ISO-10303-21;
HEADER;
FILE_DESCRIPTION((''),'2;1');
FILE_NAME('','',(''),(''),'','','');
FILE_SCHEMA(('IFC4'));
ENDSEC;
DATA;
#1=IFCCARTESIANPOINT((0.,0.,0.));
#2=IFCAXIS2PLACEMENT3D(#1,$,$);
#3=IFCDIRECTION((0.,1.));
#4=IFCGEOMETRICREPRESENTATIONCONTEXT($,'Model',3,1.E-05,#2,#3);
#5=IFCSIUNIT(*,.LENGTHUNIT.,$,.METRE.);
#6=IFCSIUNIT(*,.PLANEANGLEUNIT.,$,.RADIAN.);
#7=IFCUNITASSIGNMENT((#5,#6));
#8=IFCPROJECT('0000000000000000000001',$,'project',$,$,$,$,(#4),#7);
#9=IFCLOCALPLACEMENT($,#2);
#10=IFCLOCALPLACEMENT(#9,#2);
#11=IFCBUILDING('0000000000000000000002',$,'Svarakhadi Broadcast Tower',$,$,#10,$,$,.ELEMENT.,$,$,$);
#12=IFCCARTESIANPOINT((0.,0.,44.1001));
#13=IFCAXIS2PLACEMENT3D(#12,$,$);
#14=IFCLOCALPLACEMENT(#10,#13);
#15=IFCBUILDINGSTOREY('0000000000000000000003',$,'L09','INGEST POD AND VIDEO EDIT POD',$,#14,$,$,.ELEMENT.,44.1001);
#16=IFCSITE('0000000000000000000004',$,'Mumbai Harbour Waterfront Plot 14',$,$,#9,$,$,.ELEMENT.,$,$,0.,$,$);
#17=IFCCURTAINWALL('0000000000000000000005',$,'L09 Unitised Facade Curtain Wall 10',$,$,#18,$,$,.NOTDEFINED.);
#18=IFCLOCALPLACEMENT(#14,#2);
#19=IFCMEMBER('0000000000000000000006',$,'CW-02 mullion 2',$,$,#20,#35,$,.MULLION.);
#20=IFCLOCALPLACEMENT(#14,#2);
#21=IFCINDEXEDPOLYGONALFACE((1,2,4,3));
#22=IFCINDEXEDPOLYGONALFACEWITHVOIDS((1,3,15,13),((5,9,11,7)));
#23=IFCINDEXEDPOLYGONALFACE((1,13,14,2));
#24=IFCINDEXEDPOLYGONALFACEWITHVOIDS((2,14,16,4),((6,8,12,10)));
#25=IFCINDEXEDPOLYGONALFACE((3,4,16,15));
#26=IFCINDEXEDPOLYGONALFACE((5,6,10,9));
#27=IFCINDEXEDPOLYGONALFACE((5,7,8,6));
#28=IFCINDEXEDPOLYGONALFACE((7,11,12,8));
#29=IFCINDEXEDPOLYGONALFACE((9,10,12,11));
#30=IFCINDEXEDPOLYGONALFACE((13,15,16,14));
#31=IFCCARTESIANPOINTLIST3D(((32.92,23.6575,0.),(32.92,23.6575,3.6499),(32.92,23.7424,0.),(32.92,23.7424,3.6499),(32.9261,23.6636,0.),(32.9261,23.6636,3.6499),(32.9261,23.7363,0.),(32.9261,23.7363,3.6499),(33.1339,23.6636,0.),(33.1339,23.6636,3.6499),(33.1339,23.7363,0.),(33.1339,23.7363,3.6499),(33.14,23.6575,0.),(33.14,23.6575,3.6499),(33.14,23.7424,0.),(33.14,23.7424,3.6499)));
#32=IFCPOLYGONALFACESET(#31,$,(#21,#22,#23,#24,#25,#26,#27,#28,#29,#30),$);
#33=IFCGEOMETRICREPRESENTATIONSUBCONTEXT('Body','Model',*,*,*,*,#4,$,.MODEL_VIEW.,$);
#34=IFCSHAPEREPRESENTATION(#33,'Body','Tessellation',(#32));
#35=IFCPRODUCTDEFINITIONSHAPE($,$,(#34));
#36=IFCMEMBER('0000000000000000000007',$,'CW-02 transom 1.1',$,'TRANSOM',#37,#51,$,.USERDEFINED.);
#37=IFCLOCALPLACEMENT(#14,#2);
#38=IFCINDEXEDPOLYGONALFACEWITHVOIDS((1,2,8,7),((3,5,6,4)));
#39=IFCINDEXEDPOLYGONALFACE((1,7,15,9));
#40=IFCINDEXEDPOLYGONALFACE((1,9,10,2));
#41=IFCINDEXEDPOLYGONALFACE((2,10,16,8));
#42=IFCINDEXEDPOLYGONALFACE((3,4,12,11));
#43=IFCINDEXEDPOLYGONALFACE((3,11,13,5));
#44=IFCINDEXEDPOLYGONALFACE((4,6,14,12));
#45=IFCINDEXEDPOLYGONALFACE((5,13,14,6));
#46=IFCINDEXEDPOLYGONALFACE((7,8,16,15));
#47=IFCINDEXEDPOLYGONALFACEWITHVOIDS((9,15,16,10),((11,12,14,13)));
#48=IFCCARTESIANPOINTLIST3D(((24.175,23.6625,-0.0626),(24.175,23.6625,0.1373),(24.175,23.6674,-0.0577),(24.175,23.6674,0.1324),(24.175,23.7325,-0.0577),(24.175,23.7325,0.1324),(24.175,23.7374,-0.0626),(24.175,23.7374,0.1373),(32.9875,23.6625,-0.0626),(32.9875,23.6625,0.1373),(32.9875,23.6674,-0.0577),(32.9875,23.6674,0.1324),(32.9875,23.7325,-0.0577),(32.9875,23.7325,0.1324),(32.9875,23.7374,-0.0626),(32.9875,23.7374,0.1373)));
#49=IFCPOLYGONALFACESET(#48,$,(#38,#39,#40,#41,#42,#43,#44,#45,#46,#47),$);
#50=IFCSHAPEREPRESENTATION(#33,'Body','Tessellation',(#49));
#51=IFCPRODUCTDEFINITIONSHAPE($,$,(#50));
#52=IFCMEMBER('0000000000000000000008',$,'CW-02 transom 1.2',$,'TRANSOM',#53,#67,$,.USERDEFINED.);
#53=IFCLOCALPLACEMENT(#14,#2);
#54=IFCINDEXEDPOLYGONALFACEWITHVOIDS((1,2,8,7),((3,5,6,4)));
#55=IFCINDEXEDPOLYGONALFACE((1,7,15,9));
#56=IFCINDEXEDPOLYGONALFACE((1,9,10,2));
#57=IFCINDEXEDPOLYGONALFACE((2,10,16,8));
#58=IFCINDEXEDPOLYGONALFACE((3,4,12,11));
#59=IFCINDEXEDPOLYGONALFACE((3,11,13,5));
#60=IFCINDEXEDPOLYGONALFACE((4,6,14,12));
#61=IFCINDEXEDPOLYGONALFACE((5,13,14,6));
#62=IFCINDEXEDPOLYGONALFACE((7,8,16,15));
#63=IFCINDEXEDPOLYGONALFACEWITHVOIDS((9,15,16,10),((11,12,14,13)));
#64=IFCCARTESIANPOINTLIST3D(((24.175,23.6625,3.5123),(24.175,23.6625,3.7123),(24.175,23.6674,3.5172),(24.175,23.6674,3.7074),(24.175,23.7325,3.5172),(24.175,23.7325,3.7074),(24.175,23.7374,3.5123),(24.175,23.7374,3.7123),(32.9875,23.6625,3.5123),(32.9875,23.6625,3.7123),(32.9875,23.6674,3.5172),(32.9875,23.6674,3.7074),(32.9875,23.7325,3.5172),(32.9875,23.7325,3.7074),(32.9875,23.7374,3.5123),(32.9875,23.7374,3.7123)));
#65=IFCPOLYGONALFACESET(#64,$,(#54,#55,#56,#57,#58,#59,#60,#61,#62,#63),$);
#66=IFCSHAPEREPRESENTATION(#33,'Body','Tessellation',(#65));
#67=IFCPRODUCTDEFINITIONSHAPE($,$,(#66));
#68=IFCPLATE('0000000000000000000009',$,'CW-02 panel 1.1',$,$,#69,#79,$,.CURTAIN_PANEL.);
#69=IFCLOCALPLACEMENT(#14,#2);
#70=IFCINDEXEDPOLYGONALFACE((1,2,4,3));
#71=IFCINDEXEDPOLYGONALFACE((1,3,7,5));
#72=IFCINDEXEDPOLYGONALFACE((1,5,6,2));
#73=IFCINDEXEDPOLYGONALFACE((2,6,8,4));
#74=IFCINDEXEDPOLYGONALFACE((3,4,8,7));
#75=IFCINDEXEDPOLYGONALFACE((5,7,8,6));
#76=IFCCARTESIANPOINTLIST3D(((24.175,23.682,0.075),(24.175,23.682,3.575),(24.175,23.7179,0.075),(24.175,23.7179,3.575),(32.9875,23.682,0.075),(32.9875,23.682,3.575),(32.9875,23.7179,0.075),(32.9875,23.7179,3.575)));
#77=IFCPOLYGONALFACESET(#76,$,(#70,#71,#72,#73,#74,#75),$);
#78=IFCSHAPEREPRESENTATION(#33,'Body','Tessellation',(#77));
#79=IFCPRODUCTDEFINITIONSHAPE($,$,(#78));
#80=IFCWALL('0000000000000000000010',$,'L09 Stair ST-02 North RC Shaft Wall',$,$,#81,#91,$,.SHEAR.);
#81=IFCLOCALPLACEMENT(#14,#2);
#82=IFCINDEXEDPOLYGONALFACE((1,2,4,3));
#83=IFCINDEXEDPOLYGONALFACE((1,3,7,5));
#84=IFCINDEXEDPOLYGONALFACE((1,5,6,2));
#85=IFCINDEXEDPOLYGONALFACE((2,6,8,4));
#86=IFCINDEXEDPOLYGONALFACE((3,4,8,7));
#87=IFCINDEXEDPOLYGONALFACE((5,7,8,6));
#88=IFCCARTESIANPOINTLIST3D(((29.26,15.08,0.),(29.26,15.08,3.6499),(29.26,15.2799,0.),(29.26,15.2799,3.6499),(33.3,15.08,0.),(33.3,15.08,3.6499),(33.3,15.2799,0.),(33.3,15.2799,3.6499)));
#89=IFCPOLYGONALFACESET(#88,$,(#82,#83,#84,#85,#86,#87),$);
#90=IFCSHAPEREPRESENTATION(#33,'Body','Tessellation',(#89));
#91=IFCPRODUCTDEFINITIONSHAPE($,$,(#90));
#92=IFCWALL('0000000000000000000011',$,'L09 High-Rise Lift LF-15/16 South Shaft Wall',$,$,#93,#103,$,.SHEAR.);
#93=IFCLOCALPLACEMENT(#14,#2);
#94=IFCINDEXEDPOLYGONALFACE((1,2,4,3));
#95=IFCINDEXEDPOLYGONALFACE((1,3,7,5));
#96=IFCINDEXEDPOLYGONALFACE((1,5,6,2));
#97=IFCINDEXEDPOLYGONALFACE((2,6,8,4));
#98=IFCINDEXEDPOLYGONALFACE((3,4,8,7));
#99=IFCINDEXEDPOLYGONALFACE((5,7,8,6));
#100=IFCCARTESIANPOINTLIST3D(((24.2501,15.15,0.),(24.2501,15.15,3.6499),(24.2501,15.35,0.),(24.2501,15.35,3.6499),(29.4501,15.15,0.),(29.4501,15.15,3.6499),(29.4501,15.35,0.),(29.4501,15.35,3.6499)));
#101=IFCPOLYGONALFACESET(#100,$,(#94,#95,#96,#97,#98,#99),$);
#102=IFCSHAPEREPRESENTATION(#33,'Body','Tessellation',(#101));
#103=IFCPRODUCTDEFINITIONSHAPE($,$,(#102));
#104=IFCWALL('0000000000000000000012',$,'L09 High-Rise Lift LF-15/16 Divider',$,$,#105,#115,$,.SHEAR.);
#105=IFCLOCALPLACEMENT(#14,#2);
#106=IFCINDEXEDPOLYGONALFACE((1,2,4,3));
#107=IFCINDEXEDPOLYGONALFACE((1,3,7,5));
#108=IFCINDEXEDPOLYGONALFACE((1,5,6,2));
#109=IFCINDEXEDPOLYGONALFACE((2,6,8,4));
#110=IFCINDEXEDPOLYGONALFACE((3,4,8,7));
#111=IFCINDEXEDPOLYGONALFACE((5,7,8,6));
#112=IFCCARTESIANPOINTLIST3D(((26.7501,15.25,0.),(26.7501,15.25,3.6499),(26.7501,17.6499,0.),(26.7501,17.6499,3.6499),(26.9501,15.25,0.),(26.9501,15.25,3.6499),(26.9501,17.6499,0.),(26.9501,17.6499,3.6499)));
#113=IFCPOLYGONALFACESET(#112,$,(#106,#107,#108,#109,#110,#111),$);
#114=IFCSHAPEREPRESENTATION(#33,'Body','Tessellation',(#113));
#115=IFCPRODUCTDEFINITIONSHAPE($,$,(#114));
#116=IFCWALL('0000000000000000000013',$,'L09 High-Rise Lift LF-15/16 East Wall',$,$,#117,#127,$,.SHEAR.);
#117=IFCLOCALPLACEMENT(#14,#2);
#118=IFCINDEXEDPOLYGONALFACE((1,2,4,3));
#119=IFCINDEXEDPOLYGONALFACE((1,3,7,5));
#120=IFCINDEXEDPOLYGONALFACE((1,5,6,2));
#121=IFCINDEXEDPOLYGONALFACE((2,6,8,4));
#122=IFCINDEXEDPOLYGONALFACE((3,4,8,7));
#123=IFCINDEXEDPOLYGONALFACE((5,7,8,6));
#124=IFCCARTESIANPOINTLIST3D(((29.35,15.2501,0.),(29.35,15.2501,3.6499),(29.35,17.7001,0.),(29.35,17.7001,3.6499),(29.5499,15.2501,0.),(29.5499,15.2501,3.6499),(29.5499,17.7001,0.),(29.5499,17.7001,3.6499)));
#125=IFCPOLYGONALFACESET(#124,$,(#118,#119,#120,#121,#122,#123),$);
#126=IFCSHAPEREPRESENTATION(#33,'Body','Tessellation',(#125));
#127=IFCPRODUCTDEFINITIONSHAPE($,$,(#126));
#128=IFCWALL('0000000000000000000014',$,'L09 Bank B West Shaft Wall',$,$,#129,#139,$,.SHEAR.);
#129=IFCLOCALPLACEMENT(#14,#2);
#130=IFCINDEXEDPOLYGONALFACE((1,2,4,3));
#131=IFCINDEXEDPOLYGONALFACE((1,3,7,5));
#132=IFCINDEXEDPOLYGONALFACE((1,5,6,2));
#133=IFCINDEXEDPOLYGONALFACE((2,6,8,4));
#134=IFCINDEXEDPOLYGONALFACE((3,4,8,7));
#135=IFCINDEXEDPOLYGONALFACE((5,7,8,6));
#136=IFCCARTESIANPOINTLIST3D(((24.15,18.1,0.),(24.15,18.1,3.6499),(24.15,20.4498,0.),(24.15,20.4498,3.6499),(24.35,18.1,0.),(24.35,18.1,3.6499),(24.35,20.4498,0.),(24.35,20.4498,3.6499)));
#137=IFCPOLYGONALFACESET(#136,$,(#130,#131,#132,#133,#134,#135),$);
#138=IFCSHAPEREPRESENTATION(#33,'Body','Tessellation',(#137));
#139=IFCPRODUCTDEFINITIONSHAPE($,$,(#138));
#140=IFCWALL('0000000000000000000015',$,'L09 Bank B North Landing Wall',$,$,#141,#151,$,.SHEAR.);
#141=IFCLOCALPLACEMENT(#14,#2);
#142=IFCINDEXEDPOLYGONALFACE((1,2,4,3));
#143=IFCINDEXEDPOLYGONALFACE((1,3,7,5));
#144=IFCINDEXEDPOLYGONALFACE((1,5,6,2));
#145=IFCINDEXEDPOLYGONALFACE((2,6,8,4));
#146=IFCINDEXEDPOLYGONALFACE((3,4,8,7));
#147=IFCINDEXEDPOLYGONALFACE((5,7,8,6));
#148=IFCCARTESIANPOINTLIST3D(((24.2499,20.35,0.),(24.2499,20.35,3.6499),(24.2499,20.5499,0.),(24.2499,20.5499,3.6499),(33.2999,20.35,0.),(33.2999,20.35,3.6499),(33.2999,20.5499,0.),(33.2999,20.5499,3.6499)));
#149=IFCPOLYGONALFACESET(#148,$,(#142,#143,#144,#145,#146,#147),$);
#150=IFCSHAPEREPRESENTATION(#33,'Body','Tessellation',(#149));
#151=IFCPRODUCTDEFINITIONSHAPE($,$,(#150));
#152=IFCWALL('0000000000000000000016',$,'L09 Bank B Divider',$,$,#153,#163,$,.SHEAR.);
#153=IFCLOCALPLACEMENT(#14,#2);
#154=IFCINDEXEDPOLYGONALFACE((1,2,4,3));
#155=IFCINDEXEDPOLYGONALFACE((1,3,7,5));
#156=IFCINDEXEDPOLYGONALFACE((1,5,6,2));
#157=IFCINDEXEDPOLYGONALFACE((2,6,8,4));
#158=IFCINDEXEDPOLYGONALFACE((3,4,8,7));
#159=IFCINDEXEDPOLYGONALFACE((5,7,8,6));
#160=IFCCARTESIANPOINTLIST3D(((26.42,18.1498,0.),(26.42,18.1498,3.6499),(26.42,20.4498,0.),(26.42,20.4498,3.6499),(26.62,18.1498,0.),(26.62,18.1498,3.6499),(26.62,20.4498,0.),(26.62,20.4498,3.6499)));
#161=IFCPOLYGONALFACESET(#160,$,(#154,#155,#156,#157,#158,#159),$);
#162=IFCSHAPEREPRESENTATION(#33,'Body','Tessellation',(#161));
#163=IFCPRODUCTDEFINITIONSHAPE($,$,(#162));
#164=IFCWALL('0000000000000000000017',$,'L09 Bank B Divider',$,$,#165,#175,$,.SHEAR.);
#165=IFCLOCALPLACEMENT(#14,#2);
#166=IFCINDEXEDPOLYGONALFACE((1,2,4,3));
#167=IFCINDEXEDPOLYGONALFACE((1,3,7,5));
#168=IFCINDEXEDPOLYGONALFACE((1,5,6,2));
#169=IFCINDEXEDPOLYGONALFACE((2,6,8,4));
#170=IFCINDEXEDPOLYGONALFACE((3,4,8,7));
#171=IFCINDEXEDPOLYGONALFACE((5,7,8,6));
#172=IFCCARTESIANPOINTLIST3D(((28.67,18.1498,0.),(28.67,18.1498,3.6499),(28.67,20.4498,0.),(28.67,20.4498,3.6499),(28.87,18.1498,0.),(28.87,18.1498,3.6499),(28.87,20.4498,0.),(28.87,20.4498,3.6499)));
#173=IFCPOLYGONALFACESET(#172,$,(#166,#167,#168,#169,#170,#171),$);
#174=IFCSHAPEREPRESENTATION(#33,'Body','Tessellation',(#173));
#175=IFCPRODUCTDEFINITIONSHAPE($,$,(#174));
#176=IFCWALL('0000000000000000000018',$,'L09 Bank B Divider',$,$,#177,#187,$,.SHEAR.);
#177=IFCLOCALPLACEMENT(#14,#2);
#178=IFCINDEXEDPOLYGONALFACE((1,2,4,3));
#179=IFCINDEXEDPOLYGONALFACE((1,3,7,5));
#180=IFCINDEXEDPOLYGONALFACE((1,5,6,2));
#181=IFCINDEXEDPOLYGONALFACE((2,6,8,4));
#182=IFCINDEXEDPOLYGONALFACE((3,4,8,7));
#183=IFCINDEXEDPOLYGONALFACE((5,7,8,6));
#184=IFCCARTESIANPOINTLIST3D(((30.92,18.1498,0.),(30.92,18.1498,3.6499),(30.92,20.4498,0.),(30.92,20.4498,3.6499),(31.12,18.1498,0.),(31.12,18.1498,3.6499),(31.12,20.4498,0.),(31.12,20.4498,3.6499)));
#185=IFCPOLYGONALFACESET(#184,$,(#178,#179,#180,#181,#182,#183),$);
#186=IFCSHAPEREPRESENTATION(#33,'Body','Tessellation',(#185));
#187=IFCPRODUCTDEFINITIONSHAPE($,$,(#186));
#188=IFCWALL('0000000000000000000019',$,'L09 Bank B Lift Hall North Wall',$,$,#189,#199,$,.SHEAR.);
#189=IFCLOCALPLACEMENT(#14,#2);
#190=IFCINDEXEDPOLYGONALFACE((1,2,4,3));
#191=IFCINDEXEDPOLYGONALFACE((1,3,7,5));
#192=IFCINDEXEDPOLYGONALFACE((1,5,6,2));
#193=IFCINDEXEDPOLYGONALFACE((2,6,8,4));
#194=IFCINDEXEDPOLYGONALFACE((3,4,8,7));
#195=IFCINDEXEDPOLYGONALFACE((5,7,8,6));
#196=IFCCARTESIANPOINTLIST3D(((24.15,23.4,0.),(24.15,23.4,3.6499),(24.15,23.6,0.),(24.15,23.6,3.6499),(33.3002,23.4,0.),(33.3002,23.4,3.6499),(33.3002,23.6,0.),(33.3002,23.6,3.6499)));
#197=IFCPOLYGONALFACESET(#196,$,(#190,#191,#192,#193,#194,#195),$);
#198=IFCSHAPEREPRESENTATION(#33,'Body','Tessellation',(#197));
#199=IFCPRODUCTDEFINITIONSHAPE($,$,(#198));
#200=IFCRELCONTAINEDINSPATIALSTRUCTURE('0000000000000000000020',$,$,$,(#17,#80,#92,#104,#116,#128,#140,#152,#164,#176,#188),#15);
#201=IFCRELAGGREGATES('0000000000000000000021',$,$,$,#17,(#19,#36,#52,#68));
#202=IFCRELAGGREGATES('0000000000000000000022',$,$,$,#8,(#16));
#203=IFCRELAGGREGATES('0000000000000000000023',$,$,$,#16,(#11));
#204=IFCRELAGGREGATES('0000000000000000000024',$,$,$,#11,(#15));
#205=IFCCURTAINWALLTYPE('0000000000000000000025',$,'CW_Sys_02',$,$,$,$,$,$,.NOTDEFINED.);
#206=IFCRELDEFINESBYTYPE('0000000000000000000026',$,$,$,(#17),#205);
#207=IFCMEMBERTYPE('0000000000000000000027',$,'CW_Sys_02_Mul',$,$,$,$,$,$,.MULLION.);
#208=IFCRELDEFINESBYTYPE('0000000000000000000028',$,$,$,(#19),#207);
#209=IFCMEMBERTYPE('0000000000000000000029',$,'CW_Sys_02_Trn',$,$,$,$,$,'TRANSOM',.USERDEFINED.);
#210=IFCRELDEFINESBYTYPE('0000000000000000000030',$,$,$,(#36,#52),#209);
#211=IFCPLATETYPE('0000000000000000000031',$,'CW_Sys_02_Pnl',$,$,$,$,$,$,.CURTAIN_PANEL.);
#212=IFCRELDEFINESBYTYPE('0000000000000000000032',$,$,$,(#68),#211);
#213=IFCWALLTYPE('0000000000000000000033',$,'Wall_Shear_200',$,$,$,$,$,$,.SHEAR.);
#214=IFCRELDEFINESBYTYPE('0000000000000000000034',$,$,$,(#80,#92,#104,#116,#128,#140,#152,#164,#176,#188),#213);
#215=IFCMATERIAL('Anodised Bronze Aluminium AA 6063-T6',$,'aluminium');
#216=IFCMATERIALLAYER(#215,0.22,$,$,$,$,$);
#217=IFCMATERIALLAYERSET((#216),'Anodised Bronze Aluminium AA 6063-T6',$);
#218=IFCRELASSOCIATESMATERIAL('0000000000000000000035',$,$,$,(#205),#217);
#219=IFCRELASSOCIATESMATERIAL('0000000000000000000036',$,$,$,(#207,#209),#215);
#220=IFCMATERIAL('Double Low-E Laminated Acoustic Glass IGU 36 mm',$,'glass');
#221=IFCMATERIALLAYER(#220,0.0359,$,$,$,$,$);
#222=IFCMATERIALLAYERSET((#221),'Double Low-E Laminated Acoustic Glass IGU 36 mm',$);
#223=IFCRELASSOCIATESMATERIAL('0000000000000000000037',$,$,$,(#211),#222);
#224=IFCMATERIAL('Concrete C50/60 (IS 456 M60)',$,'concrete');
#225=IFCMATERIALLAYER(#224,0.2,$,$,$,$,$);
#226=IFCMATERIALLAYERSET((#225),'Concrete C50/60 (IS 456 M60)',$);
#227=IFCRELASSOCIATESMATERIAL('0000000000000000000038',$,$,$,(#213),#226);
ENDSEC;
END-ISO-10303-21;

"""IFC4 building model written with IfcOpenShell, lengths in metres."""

from ifc_helpers import new_model, si_unit, direction, frame, frame_2d, origin, origin_2d, place, context, subcontext, project, spatial, rectangle, hollow_rectangle, extrude, material, layer, layer_set, material_profile, profile_set, type_object, element, aggregate, save


model = new_model("IFC4")

# Units and contexts
model_context = context("Model", 3, precision=1e-05, world=origin(), true_north=direction((0.0, 1.0)))
body_context = subcontext(model_context, "Body", "Model", "MODEL_VIEW")
ifc_project = project(units=[si_unit("LENGTHUNIT", "METRE"), si_unit("PLANEANGLEUNIT", "RADIAN")], contexts=[model_context])

# Site, building, storey
site_placement = place(None, origin())
site = spatial("IfcSite", under=ifc_project, at=site_placement, Name="Mumbai Harbour Waterfront Plot 14", CompositionType="ELEMENT", RefElevation=0.0)
building_placement = place(site_placement, origin())
building = spatial("IfcBuilding", under=site, at=building_placement, Name="Svarakhadi Broadcast Tower", CompositionType="ELEMENT")
storey_placement = place(building_placement, frame((0.0, 0.0, 44.1001)))
storey = spatial("IfcBuildingStorey", under=building, at=storey_placement, Name="L09", Description="INGEST POD AND VIDEO EDIT POD", CompositionType="ELEMENT", Elevation=44.1001)

# Curtain wall, members, plate
ifc_material_1 = material(Name="Anodised Bronze Aluminium AA 6063-T6", Category="aluminium")
ifc_layer_1 = layer(ifc_material_1, 0.22)
ifc_layer_set_1 = layer_set([ifc_layer_1], Name="Anodised Bronze Aluminium AA 6063-T6")
curtain_wall_type = type_object("IfcCurtainWallType", Name="CW_Sys_02", PredefinedType="NOTDEFINED", material=ifc_layer_set_1)
curtain_wall_placement = place(storey_placement, origin())
curtain_wall = element("IfcCurtainWall", 1, at=curtain_wall_placement, inside=storey, type_object=curtain_wall_type, Name="L09 Unitised Facade Curtain Wall 10", PredefinedType="NOTDEFINED")
ifc_material_profile_1 = material_profile(ifc_material_1, hollow_rectangle(XDim=0.085, YDim=0.22, WallThickness=0.0061, at=origin_2d()), Name="ALU MULLION 220x85x6")
ifc_profile_set_1 = profile_set([ifc_material_profile_1], Name="Anodised Bronze Aluminium AA 6063-T6")
member_type_1 = type_object("IfcMemberType", Name="CW_Sys_02_Mul", PredefinedType="MULLION", material=ifc_profile_set_1)
member_1_placement = place(storey_placement, frame((33.03, 23.7, 0.0), z_axis=(0.0, 0.0, 1.0), x_axis=(0.0, 1.0, 0.0)))
member_1 = element("IfcMember", 2, at=member_1_placement, type_object=member_type_1, Name="CW-02 mullion 2", PredefinedType="MULLION", context=body_context, shape_type="SweptSolid", body=[
    extrude(hollow_rectangle(XDim=0.085, YDim=0.22, WallThickness=0.0061, at=origin_2d()), origin(), (0.0, 0.0, 1.0), 3.6499),
])
ifc_material_profile_2 = material_profile(ifc_material_1, hollow_rectangle(XDim=0.075, YDim=0.2, WallThickness=0.0049, at=origin_2d()), Name="ALU TRANSOM 200x75x5")
ifc_profile_set_2 = profile_set([ifc_material_profile_2], Name="Anodised Bronze Aluminium AA 6063-T6")
member_type_2 = type_object("IfcMemberType", Name="CW_Sys_02_Trn", ElementType="TRANSOM", PredefinedType="USERDEFINED", material=ifc_profile_set_2)
member_2_placement = place(storey_placement, frame((24.175, 23.7, 0.0374), z_axis=(1.0, 0.0, 0.0), x_axis=(0.0, 1.0, 0.0)))
member_2 = element("IfcMember", 3, at=member_2_placement, type_object=member_type_2, Name="CW-02 transom 1.1", ObjectType="TRANSOM", PredefinedType="USERDEFINED", context=body_context, shape_type="SweptSolid", body=[
    extrude(hollow_rectangle(XDim=0.075, YDim=0.2, WallThickness=0.0049, at=origin_2d()), origin(), (0.0, 0.0, 1.0), 8.8125),
])
member_3_placement = place(storey_placement, frame((24.175, 23.7, 3.6123), z_axis=(1.0, 0.0, 0.0), x_axis=(0.0, 1.0, 0.0)))
member_3 = element("IfcMember", 4, at=member_3_placement, type_object=member_type_2, Name="CW-02 transom 1.2", ObjectType="TRANSOM", PredefinedType="USERDEFINED", context=body_context, shape_type="SweptSolid", body=[
    extrude(hollow_rectangle(XDim=0.075, YDim=0.2, WallThickness=0.0049, at=origin_2d()), origin(), (0.0, 0.0, 1.0), 8.8125),
])
ifc_material_2 = material(Name="Double Low-E Laminated Acoustic Glass IGU 36 mm", Category="glass")
ifc_layer_2 = layer(ifc_material_2, 0.0359)
ifc_layer_set_2 = layer_set([ifc_layer_2], Name="Double Low-E Laminated Acoustic Glass IGU 36 mm")
plate_type = type_object("IfcPlateType", Name="CW_Sys_02_Pnl", PredefinedType="CURTAIN_PANEL", material=ifc_layer_set_2)
plate_placement = place(storey_placement, frame((28.5813, 23.7, 0.075), z_axis=(0.0, 0.0, 1.0), x_axis=(1.0, 0.0, 0.0)))
plate = element("IfcPlate", 5, at=plate_placement, type_object=plate_type, Name="CW-02 panel 1.1", PredefinedType="CURTAIN_PANEL", context=body_context, shape_type="SweptSolid", body=[
    extrude(rectangle(XDim=8.8125, YDim=0.0359, at=origin_2d()), origin(), (0.0, 0.0, 1.0), 3.5),
])
aggregate(curtain_wall, [member_1, member_2, member_3, plate])

# Wall
ifc_material_3 = material(Name="Concrete C50/60 (IS 456 M60)", Category="concrete")
ifc_layer_3 = layer(ifc_material_3, 0.2)
ifc_layer_set_3 = layer_set([ifc_layer_3], Name="Concrete C50/60 (IS 456 M60)")
wall_type_1 = type_object("IfcWallType", Name="Wall_Shear_200", PredefinedType="SHEAR", material=ifc_layer_set_3)
wall_1_placement = place(storey_placement, frame((29.26, 15.1799, 0.0), z_axis=(0.0, 0.0, 1.0), x_axis=(1.0, 0.0, 0.0)))
element("IfcWall", 6, at=wall_1_placement, inside=storey, type_object=wall_type_1, Name="L09 Stair ST-02 North RC Shaft Wall", PredefinedType="SHEAR", context=body_context, shape_type="SweptSolid", body=[
    extrude(rectangle(XDim=4.04, YDim=0.2, at=frame_2d((2.02, 0.0))), origin(), (0.0, 0.0, 1.0), 3.6499),
])

# Walls
wall_2_placement = place(storey_placement, frame((24.25, 15.25, 0.0), z_axis=(0.0, 0.0, 1.0), x_axis=(1.0, 0.0, 0.0)))
element("IfcWall", 7, at=wall_2_placement, inside=storey, type_object=wall_type_1, Name="L09 High-Rise Lift LF-15/16 South Shaft Wall", PredefinedType="SHEAR", context=body_context, shape_type="SweptSolid", body=[
    extrude(rectangle(XDim=5.2, YDim=0.2, at=frame_2d((2.6001, 0.0))), origin(), (0.0, 0.0, 1.0), 3.6499),
])
wall_3_placement = place(storey_placement, frame((26.8501, 15.25, 0.0), z_axis=(0.0, 0.0, 1.0), x_axis=(0.0, 1.0, 0.0)))
element("IfcWall", 8, at=wall_3_placement, inside=storey, type_object=wall_type_1, Name="L09 High-Rise Lift LF-15/16 Divider", PredefinedType="SHEAR", context=body_context, shape_type="SweptSolid", body=[
    extrude(rectangle(XDim=2.3999, YDim=0.2, at=frame_2d((1.2, 0.0))), origin(), (0.0, 0.0, 1.0), 3.6499),
])
wall_4_placement = place(storey_placement, frame((29.45, 15.25, 0.0), z_axis=(0.0, 0.0, 1.0), x_axis=(0.0, 1.0, 0.0)))
element("IfcWall", 9, at=wall_4_placement, inside=storey, type_object=wall_type_1, Name="L09 High-Rise Lift LF-15/16 East Wall", PredefinedType="SHEAR", context=body_context, shape_type="SweptSolid", body=[
    extrude(rectangle(XDim=2.45, YDim=0.2, at=frame_2d((1.2251, 0.0))), origin(), (0.0, 0.0, 1.0), 3.6499),
])
wall_5_placement = place(storey_placement, frame((24.25, 18.1001, 0.0), z_axis=(0.0, 0.0, 1.0), x_axis=(0.0, 1.0, 0.0)))
element("IfcWall", 10, at=wall_5_placement, inside=storey, type_object=wall_type_1, Name="L09 Bank B West Shaft Wall", PredefinedType="SHEAR", context=body_context, shape_type="SweptSolid", body=[
    extrude(rectangle(XDim=2.3499, YDim=0.2, at=frame_2d((1.1748, 0.0))), origin(), (0.0, 0.0, 1.0), 3.6499),
])
wall_6_placement = place(storey_placement, frame((24.25, 20.45, 0.0), z_axis=(0.0, 0.0, 1.0), x_axis=(1.0, 0.0, 0.0)))
element("IfcWall", 11, at=wall_6_placement, inside=storey, type_object=wall_type_1, Name="L09 Bank B North Landing Wall", PredefinedType="SHEAR", context=body_context, shape_type="SweptSolid", body=[
    extrude(rectangle(XDim=9.05, YDim=0.2, at=frame_2d((4.5249, 0.0))), origin(), (0.0, 0.0, 1.0), 3.6499),
])
for number, where, z_axis, x_axis, name in (
    (12, (26.52, 18.1499, 0.0), (0.0, 0.0, 1.0), (0.0, 1.0, 0.0), "L09 Bank B Divider"),
    (13, (28.77, 18.1499, 0.0), (0.0, 0.0, 1.0), (0.0, 1.0, 0.0), "L09 Bank B Divider"),
    (14, (31.02, 18.1499, 0.0), (0.0, 0.0, 1.0), (0.0, 1.0, 0.0), "L09 Bank B Divider"),
):
    element("IfcWall", number, at=place(storey_placement, frame(where, z_axis=z_axis, x_axis=x_axis)), inside=storey, type_object=wall_type_1, Name=name, PredefinedType="SHEAR", context=body_context, shape_type="SweptSolid", body=[
        extrude(rectangle(XDim=2.3, YDim=0.2, at=frame_2d((1.1499, 0.0))), origin(), (0.0, 0.0, 1.0), 3.6499),
    ])
wall_7_placement = place(storey_placement, frame((24.1499, 23.5, 0.0), z_axis=(0.0, 0.0, 1.0), x_axis=(1.0, 0.0, 0.0)))
element("IfcWall", 15, at=wall_7_placement, inside=storey, type_object=wall_type_1, Name="L09 Bank B Lift Hall North Wall", PredefinedType="SHEAR", context=body_context, shape_type="SweptSolid", body=[
    extrude(rectangle(XDim=9.1501, YDim=0.2, at=frame_2d((4.5752, 0.0))), origin(), (0.0, 0.0, 1.0), 3.6499),
])

save(model, "model.ifc")
